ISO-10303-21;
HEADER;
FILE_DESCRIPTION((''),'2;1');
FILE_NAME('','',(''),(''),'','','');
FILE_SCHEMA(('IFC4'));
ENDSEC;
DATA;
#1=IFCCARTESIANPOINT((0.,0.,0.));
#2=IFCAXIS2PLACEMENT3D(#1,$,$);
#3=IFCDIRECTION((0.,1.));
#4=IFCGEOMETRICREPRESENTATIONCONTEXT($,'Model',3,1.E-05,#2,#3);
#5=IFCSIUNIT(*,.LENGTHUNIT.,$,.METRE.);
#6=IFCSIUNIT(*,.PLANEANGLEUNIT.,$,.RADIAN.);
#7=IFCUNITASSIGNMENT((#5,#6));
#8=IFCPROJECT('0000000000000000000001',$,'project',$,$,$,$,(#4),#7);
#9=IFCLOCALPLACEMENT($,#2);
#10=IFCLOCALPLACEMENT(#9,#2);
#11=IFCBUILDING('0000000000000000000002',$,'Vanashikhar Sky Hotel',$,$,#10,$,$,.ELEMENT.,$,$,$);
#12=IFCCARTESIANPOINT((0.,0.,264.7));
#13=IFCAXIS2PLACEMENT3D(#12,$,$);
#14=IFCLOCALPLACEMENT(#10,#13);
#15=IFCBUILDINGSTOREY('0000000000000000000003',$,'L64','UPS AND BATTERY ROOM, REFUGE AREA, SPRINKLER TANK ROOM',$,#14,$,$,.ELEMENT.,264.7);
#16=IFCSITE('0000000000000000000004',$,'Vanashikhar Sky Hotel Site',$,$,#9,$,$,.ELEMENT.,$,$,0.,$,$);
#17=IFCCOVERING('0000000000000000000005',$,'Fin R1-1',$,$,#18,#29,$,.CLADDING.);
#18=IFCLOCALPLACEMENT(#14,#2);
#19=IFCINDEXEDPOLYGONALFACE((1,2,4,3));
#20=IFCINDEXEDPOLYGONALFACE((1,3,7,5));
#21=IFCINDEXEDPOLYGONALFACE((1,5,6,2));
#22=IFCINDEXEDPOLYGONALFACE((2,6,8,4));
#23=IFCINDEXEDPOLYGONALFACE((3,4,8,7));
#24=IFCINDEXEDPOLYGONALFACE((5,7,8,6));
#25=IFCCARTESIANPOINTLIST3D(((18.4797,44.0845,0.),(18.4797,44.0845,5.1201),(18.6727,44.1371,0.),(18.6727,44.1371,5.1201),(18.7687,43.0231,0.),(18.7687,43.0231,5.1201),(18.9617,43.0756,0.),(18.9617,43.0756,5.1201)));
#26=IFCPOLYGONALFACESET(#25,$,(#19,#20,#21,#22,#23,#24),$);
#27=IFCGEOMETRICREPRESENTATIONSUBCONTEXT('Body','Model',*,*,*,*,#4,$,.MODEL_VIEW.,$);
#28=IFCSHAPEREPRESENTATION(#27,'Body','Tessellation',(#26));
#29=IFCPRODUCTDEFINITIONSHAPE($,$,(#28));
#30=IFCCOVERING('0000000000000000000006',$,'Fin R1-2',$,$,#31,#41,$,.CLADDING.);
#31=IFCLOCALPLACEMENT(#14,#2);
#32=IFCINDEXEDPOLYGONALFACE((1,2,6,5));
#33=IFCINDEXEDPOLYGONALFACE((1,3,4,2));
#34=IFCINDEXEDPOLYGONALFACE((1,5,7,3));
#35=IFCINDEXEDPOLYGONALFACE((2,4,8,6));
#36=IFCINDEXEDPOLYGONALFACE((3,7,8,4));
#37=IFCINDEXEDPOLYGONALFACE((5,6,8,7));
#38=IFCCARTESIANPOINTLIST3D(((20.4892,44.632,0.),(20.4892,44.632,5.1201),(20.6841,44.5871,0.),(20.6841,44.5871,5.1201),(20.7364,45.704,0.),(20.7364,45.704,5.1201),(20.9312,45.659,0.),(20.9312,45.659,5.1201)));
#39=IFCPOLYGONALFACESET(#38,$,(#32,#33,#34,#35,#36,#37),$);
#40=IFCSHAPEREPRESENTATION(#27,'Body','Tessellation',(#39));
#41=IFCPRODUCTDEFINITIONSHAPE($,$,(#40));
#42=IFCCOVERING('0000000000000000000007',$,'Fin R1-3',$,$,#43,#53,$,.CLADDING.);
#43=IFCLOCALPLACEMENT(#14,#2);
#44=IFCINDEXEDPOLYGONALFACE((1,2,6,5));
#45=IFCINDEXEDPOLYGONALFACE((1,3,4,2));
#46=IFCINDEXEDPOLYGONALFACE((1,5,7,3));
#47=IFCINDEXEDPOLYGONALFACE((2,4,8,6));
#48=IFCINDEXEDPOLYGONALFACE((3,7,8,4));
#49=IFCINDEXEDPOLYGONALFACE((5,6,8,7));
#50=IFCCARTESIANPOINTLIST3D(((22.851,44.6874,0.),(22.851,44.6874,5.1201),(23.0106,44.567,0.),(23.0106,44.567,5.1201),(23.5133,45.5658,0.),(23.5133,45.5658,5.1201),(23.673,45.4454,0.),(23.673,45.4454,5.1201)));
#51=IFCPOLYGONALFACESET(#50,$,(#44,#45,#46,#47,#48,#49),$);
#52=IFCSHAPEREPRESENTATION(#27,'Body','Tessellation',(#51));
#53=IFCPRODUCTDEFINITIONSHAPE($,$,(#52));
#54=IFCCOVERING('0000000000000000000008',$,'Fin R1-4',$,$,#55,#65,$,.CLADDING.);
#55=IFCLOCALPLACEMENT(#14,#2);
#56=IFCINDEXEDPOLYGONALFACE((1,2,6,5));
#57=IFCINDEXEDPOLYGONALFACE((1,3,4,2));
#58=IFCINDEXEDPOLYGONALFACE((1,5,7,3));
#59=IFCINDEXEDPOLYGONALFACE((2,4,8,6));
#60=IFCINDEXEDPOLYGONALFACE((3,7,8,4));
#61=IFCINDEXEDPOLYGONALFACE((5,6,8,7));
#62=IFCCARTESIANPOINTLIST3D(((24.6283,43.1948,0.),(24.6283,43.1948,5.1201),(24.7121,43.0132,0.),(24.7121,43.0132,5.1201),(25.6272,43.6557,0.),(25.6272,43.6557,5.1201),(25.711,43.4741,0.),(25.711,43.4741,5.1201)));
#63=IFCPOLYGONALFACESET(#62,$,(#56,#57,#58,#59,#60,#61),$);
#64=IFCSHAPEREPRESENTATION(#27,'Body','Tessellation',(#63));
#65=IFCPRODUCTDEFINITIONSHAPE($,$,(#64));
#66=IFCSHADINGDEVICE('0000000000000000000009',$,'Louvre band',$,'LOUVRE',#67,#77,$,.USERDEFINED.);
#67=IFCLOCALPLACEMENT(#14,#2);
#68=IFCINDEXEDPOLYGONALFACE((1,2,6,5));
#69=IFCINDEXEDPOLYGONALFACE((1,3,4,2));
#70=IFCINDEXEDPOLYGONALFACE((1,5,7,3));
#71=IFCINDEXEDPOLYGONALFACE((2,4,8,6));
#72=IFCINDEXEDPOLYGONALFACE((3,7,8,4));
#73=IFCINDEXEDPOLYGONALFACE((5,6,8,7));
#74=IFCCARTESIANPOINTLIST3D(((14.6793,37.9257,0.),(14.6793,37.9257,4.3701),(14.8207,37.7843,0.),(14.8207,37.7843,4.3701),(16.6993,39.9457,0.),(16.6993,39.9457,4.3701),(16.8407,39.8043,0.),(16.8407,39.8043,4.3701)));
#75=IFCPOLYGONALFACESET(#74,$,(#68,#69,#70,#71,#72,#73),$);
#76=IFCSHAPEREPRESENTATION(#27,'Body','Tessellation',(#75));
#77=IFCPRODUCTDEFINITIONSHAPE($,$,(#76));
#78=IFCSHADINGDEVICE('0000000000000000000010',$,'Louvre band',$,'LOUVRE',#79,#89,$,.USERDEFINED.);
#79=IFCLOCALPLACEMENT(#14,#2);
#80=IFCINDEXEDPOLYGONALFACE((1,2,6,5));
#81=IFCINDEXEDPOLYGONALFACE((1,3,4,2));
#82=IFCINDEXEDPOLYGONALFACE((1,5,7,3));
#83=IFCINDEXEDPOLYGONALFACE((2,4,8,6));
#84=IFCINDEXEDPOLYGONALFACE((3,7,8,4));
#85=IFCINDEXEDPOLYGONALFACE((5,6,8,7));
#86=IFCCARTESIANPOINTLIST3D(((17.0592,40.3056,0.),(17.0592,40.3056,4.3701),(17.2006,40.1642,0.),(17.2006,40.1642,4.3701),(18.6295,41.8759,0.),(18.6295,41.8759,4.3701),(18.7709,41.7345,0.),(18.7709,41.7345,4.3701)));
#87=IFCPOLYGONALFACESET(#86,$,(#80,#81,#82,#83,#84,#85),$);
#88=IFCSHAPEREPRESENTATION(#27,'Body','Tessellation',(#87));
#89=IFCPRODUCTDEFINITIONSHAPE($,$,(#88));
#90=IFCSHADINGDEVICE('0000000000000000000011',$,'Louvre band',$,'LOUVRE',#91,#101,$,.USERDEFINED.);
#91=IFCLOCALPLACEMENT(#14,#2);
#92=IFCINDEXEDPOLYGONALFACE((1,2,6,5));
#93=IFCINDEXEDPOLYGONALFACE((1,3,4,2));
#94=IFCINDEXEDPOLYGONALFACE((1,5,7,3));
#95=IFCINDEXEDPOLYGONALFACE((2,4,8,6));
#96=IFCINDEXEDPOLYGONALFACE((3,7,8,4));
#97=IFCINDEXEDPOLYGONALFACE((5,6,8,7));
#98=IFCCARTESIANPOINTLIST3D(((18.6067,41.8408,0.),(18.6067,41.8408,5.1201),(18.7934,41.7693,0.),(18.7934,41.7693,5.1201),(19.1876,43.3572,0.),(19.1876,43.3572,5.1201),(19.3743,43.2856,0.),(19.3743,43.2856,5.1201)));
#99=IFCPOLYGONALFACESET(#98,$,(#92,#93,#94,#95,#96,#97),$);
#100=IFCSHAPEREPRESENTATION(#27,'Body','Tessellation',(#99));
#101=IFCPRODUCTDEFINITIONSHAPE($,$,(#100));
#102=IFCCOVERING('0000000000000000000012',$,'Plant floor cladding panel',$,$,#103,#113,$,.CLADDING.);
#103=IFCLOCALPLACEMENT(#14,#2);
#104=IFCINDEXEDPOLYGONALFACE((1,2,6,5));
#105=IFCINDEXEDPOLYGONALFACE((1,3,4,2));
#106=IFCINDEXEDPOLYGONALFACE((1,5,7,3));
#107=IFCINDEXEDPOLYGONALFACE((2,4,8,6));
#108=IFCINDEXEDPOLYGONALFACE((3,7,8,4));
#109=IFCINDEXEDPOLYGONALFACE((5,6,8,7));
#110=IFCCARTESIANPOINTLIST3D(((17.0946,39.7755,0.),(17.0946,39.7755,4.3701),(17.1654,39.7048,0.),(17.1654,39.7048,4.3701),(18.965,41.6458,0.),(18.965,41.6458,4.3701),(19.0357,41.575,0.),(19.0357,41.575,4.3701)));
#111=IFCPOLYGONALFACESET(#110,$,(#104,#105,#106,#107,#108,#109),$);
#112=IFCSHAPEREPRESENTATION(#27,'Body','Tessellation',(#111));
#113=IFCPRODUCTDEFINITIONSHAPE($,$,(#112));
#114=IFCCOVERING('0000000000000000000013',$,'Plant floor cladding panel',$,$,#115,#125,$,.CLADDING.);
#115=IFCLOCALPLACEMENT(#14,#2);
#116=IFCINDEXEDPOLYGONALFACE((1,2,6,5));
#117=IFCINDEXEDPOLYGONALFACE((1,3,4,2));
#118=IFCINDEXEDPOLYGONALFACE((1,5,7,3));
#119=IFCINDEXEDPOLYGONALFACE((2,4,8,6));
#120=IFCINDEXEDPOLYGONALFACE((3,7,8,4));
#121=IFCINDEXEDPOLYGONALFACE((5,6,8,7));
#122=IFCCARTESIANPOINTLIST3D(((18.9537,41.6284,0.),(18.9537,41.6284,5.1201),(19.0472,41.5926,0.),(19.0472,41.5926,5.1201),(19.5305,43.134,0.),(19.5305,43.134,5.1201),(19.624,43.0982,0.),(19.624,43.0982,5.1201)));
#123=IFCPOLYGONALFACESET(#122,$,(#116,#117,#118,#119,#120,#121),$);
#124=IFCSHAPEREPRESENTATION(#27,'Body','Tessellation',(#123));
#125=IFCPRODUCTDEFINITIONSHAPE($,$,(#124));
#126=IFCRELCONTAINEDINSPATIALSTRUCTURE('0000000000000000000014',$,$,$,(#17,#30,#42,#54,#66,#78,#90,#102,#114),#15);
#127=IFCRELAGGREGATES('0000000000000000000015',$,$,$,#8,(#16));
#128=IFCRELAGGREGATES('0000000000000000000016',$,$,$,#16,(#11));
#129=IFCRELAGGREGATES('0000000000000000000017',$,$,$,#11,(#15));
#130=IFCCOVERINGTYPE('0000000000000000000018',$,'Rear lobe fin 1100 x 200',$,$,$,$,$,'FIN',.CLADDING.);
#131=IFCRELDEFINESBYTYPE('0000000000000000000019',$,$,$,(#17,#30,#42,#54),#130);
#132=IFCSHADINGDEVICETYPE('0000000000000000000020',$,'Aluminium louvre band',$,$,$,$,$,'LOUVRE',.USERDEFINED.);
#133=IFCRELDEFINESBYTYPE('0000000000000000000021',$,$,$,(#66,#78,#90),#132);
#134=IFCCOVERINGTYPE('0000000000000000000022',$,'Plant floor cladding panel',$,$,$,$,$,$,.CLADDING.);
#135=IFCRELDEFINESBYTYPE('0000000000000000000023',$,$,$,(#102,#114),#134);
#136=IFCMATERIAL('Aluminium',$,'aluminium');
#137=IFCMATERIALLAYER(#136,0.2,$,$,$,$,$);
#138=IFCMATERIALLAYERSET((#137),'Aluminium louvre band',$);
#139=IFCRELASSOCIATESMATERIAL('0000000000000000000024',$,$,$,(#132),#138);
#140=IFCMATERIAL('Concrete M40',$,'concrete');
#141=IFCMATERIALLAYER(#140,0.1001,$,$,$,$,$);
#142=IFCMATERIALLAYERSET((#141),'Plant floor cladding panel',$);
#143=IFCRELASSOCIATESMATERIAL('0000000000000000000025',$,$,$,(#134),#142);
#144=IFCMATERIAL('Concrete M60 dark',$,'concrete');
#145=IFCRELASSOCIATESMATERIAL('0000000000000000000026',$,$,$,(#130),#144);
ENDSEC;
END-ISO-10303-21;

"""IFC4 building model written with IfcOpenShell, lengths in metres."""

from ifc_helpers import new_model, si_unit, direction, frame, origin, origin_2d, place, context, subcontext, project, spatial, rectangle, extrude, source, transform, mapped, material, layer, layer_set, material_profile, profile_set, type_object, element, save


model = new_model("IFC4")

# Units and contexts
model_context = context("Model", 3, precision=1e-05, world=origin(), true_north=direction((0.0, 1.0)))
body_context = subcontext(model_context, "Body", "Model", "MODEL_VIEW")
ifc_project = project(units=[si_unit("LENGTHUNIT", "METRE"), si_unit("PLANEANGLEUNIT", "RADIAN")], contexts=[model_context])

# Site, building, storey
site_placement = place(None, origin())
site = spatial("IfcSite", under=ifc_project, at=site_placement, Name="Vanashikhar Sky Hotel Site", CompositionType="ELEMENT", RefElevation=0.0)
building_placement = place(site_placement, origin())
building = spatial("IfcBuilding", under=site, at=building_placement, Name="Vanashikhar Sky Hotel", CompositionType="ELEMENT")
storey_placement = place(building_placement, frame((0.0, 0.0, 264.7)))
storey = spatial("IfcBuildingStorey", under=building, at=storey_placement, Name="L64", Description="UPS AND BATTERY ROOM, REFUGE AREA, SPRINKLER TANK ROOM", CompositionType="ELEMENT", Elevation=264.7)

# Shared definitions
ifc_material_1 = material(Name="Aluminium", Category="aluminium")
ifc_layer_1 = layer(ifc_material_1, 0.2)
ifc_layer_set_1 = layer_set([ifc_layer_1], Name="Aluminium louvre band")
shading_device_type = type_object("IfcShadingDeviceType", Name="Aluminium louvre band", ElementType="LOUVRE", PredefinedType="USERDEFINED", material=ifc_layer_set_1)

# Coverings
ifc_material_2 = material(Name="Concrete M40", Category="concrete")
ifc_layer_2 = layer(ifc_material_2, 0.1001)
ifc_layer_set_2 = layer_set([ifc_layer_2], Name="Plant floor cladding panel")
covering_type_1 = type_object("IfcCoveringType", Name="Plant floor cladding panel", PredefinedType="CLADDING", material=ifc_layer_set_2)
ifc_material_3 = material(Name="Concrete M60 dark", Category="concrete")
ifc_material_profile_1 = material_profile(ifc_material_3, rectangle(XDim=1.1001, YDim=0.2, at=origin_2d()))
ifc_profile_set_1 = profile_set([ifc_material_profile_1], Name="Rear lobe fin 1100 x 200")
covering_type_2 = type_object("IfcCoveringType", Name="Rear lobe fin 1100 x 200", ElementType="FIN", PredefinedType="CLADDING", material=ifc_profile_set_1)
shared_shape_1 = source(origin(), body_context, "Body", "SweptSolid", [
    extrude(rectangle(XDim=1.1001, YDim=0.2, at=origin_2d()), origin(), (0.0, 0.0, 1.0), 5.1201),
])
for number, where, z_axis, x_axis, name in (
    (1, (18.7207, 43.5801, 0.0), (0.0, 0.0, 1.0), (-0.262711, 0.964874, 0.0), "Fin R1-1"),
    (2, (20.7102, 45.1455, 0.0), (0.0, 0.0, 1.0), (0.224645, 0.974441, 0.0), "Fin R1-2"),
    (3, (23.262, 45.0664, 0.0), (0.0, 0.0, 1.0), (0.602066, 0.798446, 0.0), "Fin R1-3"),
    (4, (25.1697, 43.3345, 0.0), (0.0, 0.0, 1.0), (0.908004, 0.418961, 0.0), "Fin R1-4"),
):
    element("IfcCovering", number, at=place(storey_placement, frame(where, z_axis=z_axis, x_axis=x_axis)), inside=storey, type_object=covering_type_2, Name=name, PredefinedType="CLADDING", context=body_context, shape_type="MappedRepresentation", body=[
        mapped(shared_shape_1, transform((0.0, 0.0, 0.0), scale=1.0)),
    ])

# Shading devices
shared_shape_2 = source(origin(), body_context, "Body", "SweptSolid", [
    extrude(rectangle(XDim=2.8567, YDim=0.2, at=origin_2d()), origin(), (0.0, 0.0, 1.0), 4.3701),
])
shading_device_1_placement = place(storey_placement, frame((15.76, 38.865, 0.0), z_axis=(0.0, 0.0, 1.0), x_axis=(-0.707107, -0.707107, 0.0)))
element("IfcShadingDevice", 5, at=shading_device_1_placement, inside=storey, type_object=shading_device_type, Name="Louvre band", ObjectType="LOUVRE", PredefinedType="USERDEFINED", context=body_context, shape_type="MappedRepresentation", body=[
    mapped(shared_shape_2, transform((0.0, 0.0, 0.0), scale=1.0)),
])
shared_shape_3 = source(origin(), body_context, "Body", "SweptSolid", [
    extrude(rectangle(XDim=2.2207, YDim=0.2, at=origin_2d()), origin(), (0.0, 0.0, 1.0), 4.3701),
])
shading_device_2_placement = place(storey_placement, frame((17.915, 41.02, 0.0), z_axis=(0.0, 0.0, 1.0), x_axis=(-0.707107, -0.707107, 0.0)))
element("IfcShadingDevice", 6, at=shading_device_2_placement, inside=storey, type_object=shading_device_type, Name="Louvre band", ObjectType="LOUVRE", PredefinedType="USERDEFINED", context=body_context, shape_type="MappedRepresentation", body=[
    mapped(shared_shape_3, transform((0.0, 0.0, 0.0), scale=1.0)),
])
shared_shape_4 = source(origin(), body_context, "Body", "SweptSolid", [
    extrude(rectangle(XDim=1.6238, YDim=0.2, at=origin_2d()), origin(), (0.0, 0.0, 1.0), 5.1201),
])
shading_device_3_placement = place(storey_placement, frame((18.9905, 42.5632, 0.0), z_axis=(0.0, 0.0, 1.0), x_axis=(-0.357749, -0.933818, 0.0)))
element("IfcShadingDevice", 7, at=shading_device_3_placement, inside=storey, type_object=shading_device_type, Name="Louvre band", ObjectType="LOUVRE", PredefinedType="USERDEFINED", context=body_context, shape_type="MappedRepresentation", body=[
    mapped(shared_shape_4, transform((0.0, 0.0, 0.0), scale=1.0)),
])

# Coverings
shared_shape_5 = source(origin(), body_context, "Body", "SweptSolid", [
    extrude(rectangle(XDim=2.645, YDim=0.1001, at=origin_2d()), origin(), (0.0, 0.0, 1.0), 4.3701),
])
covering_1_placement = place(storey_placement, frame((18.0652, 40.6753, 0.0), z_axis=(0.0, 0.0, 1.0), x_axis=(-0.707119, -0.707094, 0.0)))
element("IfcCovering", 8, at=covering_1_placement, inside=storey, type_object=covering_type_1, Name="Plant floor cladding panel", PredefinedType="CLADDING", context=body_context, shape_type="MappedRepresentation", body=[
    mapped(shared_shape_5, transform((0.0, 0.0, 0.0), scale=1.0)),
])
shared_shape_6 = source(origin(), body_context, "Body", "SweptSolid", [
    extrude(rectangle(XDim=1.6123, YDim=0.1001, at=origin_2d()), origin(), (0.0, 0.0, 1.0), 5.1201),
])
covering_2_placement = place(storey_placement, frame((19.2888, 42.3633, 0.0), z_axis=(0.0, 0.0, 1.0), x_axis=(-0.357749, -0.933818, 0.0)))
element("IfcCovering", 9, at=covering_2_placement, inside=storey, type_object=covering_type_1, Name="Plant floor cladding panel", PredefinedType="CLADDING", context=body_context, shape_type="MappedRepresentation", body=[
    mapped(shared_shape_6, transform((0.0, 0.0, 0.0), scale=1.0)),
])

save(model, "model.ifc")
